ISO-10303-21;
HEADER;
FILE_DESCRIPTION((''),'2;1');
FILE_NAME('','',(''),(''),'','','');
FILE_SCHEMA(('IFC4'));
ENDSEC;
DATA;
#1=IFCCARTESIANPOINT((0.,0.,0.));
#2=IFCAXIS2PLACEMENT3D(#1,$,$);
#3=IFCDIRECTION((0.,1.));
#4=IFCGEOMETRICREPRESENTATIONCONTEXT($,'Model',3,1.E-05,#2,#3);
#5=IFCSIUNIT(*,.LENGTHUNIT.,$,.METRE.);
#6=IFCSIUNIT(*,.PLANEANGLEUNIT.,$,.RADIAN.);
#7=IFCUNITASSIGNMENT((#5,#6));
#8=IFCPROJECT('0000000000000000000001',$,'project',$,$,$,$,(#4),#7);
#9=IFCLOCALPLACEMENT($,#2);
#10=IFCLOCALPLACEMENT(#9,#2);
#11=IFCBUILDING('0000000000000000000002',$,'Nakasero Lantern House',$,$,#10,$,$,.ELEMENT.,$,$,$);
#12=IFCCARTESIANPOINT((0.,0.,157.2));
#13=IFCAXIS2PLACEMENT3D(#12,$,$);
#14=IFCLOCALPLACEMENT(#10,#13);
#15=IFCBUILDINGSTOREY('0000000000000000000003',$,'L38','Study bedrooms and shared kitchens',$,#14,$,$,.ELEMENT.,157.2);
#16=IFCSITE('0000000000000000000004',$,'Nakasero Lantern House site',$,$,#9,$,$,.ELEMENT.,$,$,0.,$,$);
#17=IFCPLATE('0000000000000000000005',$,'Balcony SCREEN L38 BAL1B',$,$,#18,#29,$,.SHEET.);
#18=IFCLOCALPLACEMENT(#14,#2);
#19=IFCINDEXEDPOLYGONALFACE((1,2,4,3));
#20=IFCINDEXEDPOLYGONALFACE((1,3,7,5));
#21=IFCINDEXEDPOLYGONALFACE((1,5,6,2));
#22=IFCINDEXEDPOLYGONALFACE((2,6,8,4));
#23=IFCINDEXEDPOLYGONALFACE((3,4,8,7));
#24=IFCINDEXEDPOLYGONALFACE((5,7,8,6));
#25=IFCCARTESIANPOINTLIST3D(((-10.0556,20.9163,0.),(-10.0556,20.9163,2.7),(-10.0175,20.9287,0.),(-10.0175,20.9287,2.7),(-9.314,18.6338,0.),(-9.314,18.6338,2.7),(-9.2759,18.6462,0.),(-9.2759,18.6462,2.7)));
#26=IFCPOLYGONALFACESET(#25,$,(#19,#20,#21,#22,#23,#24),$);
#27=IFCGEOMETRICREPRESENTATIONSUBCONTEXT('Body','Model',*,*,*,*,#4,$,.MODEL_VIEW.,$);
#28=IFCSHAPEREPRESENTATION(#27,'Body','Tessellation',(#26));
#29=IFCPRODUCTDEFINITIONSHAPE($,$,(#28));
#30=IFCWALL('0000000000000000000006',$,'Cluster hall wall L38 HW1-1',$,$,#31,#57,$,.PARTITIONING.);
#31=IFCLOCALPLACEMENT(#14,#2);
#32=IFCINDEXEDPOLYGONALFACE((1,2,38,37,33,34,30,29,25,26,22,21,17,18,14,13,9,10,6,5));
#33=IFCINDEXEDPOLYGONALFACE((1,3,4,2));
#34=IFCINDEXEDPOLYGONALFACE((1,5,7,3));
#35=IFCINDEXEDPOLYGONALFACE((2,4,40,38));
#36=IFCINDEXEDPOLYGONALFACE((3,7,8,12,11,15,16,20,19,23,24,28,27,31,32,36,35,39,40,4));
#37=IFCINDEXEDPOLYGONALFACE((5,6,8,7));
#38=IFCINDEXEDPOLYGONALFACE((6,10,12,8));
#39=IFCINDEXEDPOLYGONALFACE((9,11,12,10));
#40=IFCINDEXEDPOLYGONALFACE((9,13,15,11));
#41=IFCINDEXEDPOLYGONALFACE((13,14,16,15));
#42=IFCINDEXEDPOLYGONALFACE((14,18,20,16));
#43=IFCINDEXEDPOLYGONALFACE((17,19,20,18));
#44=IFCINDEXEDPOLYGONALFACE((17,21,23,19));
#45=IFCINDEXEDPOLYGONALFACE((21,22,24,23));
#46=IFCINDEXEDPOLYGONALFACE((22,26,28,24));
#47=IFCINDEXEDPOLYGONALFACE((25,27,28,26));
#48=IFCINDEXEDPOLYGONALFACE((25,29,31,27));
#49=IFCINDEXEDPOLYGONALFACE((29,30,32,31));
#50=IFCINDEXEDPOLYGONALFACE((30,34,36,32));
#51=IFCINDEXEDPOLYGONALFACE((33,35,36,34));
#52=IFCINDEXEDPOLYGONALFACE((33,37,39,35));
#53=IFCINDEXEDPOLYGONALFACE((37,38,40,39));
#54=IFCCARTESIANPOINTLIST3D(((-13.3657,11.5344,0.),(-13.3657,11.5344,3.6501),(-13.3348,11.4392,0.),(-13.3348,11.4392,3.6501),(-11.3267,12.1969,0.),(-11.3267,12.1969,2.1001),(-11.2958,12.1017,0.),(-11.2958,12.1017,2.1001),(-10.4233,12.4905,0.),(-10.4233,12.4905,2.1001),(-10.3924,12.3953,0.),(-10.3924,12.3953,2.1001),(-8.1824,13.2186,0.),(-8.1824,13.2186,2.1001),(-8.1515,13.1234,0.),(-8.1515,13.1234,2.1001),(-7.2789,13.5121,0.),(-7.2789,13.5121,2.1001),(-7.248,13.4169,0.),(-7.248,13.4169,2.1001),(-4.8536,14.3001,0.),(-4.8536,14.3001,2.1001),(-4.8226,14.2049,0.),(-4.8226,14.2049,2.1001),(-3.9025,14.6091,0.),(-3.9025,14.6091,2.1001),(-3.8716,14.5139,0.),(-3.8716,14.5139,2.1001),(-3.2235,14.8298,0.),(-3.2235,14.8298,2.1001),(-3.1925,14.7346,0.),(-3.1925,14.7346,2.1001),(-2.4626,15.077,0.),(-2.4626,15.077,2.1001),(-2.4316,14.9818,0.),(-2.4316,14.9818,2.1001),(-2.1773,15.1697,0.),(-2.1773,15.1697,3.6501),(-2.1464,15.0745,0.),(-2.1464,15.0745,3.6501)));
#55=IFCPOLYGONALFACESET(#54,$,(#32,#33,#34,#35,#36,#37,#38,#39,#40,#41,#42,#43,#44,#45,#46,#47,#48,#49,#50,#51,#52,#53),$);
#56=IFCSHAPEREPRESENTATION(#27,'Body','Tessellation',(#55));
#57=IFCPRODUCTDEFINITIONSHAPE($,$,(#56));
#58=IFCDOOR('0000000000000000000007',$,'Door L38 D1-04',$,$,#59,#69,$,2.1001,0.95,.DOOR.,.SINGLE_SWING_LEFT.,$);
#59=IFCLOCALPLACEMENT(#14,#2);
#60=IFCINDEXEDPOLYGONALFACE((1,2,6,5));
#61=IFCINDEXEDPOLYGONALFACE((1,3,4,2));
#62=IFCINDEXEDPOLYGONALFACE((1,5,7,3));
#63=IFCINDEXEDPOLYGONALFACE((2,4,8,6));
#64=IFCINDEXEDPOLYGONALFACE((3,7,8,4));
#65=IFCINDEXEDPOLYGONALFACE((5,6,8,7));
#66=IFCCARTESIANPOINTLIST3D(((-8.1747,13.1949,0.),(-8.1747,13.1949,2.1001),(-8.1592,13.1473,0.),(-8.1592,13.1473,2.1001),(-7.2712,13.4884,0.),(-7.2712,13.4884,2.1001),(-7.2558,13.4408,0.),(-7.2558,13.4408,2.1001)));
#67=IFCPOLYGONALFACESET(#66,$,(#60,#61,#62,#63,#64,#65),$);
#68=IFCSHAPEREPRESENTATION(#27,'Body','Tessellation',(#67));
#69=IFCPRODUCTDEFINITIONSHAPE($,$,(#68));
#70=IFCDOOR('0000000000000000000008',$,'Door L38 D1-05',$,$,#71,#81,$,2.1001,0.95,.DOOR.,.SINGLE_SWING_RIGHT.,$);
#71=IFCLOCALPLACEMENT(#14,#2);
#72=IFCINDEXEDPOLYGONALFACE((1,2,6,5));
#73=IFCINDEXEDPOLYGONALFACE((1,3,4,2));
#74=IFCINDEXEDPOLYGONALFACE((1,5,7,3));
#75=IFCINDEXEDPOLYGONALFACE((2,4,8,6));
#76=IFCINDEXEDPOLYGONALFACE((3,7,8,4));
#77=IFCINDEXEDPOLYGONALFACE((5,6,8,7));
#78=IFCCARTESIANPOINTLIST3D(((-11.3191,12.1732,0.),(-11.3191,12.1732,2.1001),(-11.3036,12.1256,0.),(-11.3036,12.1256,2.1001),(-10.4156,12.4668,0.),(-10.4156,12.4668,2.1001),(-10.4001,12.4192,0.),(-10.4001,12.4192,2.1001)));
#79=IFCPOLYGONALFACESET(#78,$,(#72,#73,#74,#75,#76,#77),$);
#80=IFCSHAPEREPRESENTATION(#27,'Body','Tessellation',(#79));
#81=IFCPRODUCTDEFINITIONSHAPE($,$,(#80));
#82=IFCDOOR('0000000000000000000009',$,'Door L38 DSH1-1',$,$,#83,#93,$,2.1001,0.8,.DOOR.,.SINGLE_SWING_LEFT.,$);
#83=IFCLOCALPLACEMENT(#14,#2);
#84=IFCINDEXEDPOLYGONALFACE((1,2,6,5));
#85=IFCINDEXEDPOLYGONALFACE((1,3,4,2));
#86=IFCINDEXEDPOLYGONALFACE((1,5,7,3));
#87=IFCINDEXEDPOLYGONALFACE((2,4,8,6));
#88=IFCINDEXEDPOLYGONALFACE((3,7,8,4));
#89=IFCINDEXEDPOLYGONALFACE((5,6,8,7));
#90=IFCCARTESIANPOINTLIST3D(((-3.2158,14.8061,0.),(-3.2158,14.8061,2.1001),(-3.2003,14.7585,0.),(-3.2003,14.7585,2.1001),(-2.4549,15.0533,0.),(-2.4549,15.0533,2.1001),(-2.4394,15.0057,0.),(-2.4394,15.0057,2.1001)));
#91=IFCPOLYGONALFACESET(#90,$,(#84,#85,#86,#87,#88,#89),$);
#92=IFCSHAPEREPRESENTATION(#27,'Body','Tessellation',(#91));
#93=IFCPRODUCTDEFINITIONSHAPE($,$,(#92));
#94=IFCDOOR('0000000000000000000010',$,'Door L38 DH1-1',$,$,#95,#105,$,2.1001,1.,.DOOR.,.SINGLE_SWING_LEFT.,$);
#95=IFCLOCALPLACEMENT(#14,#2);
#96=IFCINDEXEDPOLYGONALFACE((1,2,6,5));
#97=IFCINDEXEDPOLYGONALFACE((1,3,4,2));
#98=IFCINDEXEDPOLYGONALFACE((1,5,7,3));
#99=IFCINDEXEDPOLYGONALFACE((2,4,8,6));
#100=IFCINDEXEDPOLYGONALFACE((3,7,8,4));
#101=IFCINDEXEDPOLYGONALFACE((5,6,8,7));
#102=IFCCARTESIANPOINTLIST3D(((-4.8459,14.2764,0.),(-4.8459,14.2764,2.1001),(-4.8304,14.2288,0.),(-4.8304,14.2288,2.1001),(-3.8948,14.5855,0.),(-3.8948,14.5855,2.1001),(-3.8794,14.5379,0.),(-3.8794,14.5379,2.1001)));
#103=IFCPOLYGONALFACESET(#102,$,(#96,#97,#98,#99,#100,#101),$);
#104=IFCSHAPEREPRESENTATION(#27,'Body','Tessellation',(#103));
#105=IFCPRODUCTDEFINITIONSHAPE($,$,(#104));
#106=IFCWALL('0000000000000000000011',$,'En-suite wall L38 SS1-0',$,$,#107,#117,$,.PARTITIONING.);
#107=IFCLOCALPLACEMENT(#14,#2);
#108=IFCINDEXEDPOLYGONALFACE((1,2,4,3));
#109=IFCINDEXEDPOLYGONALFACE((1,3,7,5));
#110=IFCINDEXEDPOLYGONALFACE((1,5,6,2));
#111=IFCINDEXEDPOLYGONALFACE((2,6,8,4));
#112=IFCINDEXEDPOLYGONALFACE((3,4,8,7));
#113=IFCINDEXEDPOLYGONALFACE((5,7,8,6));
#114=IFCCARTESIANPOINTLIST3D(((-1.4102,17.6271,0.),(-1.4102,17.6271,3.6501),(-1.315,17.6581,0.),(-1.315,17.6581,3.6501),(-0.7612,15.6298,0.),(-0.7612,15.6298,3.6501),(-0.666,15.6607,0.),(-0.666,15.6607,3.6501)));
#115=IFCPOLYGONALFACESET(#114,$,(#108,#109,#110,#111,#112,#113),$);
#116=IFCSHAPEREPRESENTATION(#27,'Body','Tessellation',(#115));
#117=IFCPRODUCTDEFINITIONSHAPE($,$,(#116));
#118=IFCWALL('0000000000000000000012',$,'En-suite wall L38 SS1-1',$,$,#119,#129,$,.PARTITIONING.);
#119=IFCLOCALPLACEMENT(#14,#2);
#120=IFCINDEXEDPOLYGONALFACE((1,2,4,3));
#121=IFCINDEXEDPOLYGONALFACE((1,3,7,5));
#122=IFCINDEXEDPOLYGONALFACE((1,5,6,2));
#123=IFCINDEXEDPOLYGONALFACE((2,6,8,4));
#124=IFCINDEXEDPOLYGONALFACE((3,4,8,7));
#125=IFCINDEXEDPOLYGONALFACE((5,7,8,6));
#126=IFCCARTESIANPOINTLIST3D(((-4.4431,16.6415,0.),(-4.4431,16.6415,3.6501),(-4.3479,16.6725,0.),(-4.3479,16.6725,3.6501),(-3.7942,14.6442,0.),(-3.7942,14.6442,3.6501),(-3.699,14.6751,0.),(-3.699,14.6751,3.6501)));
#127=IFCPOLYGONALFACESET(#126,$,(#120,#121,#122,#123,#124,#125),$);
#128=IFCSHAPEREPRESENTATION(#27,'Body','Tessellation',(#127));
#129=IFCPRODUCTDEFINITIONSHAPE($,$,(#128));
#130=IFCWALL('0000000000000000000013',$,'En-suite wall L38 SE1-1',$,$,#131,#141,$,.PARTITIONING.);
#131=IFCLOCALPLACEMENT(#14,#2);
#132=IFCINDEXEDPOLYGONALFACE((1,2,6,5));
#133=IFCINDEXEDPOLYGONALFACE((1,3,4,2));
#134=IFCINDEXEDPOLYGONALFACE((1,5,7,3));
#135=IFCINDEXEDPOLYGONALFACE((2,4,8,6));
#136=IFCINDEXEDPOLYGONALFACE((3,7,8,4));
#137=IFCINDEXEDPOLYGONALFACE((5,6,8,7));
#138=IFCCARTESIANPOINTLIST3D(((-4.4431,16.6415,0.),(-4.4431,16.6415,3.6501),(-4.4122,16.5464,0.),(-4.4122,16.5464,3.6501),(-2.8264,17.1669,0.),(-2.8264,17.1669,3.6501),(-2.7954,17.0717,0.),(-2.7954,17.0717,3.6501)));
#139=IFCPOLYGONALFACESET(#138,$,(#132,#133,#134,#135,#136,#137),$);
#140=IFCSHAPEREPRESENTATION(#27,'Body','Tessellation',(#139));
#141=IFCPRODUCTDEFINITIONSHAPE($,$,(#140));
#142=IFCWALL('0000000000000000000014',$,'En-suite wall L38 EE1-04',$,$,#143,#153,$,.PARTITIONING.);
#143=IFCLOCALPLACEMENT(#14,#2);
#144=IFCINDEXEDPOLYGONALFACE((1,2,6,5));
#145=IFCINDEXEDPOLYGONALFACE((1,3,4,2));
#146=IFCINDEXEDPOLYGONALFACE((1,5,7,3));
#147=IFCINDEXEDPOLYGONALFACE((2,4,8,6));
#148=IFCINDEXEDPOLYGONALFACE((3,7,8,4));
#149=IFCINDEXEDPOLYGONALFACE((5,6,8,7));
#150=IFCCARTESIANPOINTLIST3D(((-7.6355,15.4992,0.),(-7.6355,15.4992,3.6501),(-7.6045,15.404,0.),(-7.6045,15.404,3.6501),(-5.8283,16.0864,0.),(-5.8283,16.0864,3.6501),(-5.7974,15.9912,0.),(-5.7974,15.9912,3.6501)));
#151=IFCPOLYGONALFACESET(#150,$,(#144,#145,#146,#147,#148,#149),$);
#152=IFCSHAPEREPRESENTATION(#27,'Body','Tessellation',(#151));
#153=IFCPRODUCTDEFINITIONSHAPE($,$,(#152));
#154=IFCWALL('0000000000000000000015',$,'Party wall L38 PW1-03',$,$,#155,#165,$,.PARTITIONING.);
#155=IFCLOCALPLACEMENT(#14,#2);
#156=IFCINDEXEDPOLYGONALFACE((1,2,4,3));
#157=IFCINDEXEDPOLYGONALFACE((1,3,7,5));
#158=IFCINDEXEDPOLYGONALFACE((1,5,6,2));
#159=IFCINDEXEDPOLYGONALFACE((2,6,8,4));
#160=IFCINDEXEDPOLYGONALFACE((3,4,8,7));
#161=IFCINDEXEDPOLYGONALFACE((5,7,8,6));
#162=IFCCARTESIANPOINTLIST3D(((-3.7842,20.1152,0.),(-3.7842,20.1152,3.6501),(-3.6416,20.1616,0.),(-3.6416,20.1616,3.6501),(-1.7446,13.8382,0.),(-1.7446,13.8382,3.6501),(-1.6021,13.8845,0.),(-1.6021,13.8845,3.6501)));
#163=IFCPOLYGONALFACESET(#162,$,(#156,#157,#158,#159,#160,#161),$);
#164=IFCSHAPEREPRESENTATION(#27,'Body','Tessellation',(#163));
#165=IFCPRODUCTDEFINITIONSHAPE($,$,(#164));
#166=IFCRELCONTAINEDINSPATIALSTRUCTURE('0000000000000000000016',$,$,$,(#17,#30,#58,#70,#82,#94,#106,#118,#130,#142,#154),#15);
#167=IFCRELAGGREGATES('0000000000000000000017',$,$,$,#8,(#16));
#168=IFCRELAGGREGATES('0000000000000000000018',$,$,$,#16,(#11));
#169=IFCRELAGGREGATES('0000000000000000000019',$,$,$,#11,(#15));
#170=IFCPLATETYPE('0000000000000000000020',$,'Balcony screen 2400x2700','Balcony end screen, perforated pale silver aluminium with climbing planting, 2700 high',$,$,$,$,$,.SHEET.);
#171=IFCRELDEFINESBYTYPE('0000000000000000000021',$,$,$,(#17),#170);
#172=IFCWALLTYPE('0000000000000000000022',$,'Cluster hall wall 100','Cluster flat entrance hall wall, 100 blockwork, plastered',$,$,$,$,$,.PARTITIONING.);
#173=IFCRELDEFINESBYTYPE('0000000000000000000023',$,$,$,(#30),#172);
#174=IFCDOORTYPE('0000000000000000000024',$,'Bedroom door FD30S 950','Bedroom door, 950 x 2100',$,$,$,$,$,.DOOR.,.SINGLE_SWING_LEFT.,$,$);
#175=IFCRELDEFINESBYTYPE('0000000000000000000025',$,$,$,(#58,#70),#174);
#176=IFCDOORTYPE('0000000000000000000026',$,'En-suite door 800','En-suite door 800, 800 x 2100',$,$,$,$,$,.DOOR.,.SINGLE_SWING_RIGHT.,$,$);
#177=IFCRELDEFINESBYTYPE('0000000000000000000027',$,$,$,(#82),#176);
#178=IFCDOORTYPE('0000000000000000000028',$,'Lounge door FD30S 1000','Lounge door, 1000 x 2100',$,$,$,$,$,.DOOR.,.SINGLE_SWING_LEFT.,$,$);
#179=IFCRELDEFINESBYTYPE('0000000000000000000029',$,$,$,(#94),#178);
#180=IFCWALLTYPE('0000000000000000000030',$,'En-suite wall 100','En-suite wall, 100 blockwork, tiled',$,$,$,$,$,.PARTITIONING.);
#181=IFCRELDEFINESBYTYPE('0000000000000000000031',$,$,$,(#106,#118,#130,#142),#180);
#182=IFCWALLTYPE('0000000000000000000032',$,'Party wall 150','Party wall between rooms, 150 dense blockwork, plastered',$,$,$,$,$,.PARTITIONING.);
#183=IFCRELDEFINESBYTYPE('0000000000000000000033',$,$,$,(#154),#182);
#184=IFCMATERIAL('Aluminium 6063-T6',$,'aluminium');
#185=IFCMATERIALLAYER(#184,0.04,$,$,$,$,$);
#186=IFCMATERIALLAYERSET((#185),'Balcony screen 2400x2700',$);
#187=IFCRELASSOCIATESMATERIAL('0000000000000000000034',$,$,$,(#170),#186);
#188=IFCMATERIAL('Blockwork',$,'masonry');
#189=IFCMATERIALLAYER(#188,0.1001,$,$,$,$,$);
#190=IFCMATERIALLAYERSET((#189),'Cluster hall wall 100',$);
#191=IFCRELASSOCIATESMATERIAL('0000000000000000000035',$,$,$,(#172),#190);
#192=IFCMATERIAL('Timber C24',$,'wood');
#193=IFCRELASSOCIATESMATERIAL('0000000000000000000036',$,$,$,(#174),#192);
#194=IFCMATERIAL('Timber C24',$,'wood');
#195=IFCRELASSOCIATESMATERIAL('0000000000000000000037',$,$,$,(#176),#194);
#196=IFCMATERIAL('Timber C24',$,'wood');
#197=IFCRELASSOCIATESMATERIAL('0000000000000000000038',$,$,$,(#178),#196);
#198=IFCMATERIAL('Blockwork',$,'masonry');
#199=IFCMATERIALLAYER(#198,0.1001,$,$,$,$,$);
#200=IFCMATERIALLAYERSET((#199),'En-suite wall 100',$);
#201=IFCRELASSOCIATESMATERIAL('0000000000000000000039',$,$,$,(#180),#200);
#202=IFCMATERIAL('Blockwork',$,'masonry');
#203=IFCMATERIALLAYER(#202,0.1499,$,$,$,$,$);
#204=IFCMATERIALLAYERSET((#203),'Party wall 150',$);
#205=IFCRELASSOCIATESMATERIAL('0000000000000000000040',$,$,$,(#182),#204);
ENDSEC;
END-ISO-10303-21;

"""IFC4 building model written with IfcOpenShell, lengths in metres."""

from ifc_helpers import new_model, si_unit, direction, frame, frame_2d, origin, origin_2d, place, context, subcontext, project, spatial, rectangle, extrude, material, layer, layer_set, type_object, element, fill, save


model = new_model("IFC4")

# Units and contexts
model_context = context("Model", 3, precision=1e-05, world=origin(), true_north=direction((0.0, 1.0)))
body_context = subcontext(model_context, "Body", "Model", "MODEL_VIEW")
ifc_project = project(units=[si_unit("LENGTHUNIT", "METRE"), si_unit("PLANEANGLEUNIT", "RADIAN")], contexts=[model_context])

# Site, building, storey
site_placement = place(None, origin())
site = spatial("IfcSite", under=ifc_project, at=site_placement, Name="Nakasero Lantern House site", CompositionType="ELEMENT", RefElevation=0.0)
building_placement = place(site_placement, origin())
building = spatial("IfcBuilding", under=site, at=building_placement, Name="Nakasero Lantern House", CompositionType="ELEMENT")
storey_placement = place(building_placement, frame((0.0, 0.0, 157.2)))
storey = spatial("IfcBuildingStorey", under=building, at=storey_placement, Name="L38", Description="Study bedrooms and shared kitchens", CompositionType="ELEMENT", Elevation=157.2)

# Plate
ifc_material_1 = material(Name="Aluminium 6063-T6", Category="aluminium")
ifc_layer_1 = layer(ifc_material_1, 0.04)
ifc_layer_set_1 = layer_set([ifc_layer_1], Name="Balcony screen 2400x2700")
plate_type_1 = type_object("IfcPlateType", Name="Balcony screen 2400x2700", Description="Balcony end screen, perforated pale silver aluminium with climbing planting, 2700 high", PredefinedType="SHEET", material=ifc_layer_set_1)
for number, where, z_axis, x_axis, name in (
    (1, (-9.6658, 19.7812, 0.0), (0.0, 0.0, 1.0), (-0.309017, 0.951057, 0.0), "Balcony SCREEN L38 BAL1B"),
):
    element("IfcPlate", number, at=place(storey_placement, frame(where, z_axis=z_axis, x_axis=x_axis)), inside=storey, type_object=plate_type_1, Name=name, PredefinedType="SHEET", context=body_context, shape_type="SweptSolid", body=[
        extrude(rectangle(XDim=2.3999, YDim=0.04, at=origin_2d()), origin(), (0.0, 0.0, 1.0), 2.7),
    ])

# Wall, openings, doors
ifc_material_2 = material(Name="Blockwork", Category="masonry")
ifc_layer_2 = layer(ifc_material_2, 0.1001)
ifc_layer_set_2 = layer_set([ifc_layer_2], Name="Cluster hall wall 100")
wall_type_1 = type_object("IfcWallType", Name="Cluster hall wall 100", Description="Cluster flat entrance hall wall, 100 blockwork, plastered", PredefinedType="PARTITIONING", material=ifc_layer_set_2)
wall_1_placement = place(storey_placement, frame((-2.1619, 15.1221, 0.0), z_axis=(0.0, 0.0, 1.0), x_axis=(-0.951059, -0.309009, 0.0)))
wall_1 = element("IfcWall", 2, at=wall_1_placement, inside=storey, type_object=wall_type_1, Name="Cluster hall wall L38 HW1-1", PredefinedType="PARTITIONING", context=body_context, shape_type="SweptSolid", body=[
    extrude(rectangle(XDim=11.7642, YDim=0.1001, at=frame_2d((5.8821, 0.0))), origin(), (0.0, 0.0, 1.0), 3.6501),
])
opening_1_placement = place(wall_1_placement, frame((1.814, 0.0, 0.0)))
opening_1 = element("IfcOpeningElement", 3, at=opening_1_placement, cuts=wall_1, PredefinedType="OPENING", context=body_context, shape_type="SweptSolid", body=[
    extrude(rectangle(XDim=1.0, YDim=2.1001, at=frame_2d((0.5, 1.05))), frame((0.0, 0.0701, 0.0), z_axis=(0.0, -1.0, 0.0), x_axis=(1.0, 0.0, 0.0)), (0.0, 0.0, 1.0), 0.1401),
])
opening_2_placement = place(wall_1_placement, frame((0.3, 0.0, 0.0)))
opening_2 = element("IfcOpeningElement", 4, at=opening_2_placement, cuts=wall_1, PredefinedType="OPENING", context=body_context, shape_type="SweptSolid", body=[
    extrude(rectangle(XDim=0.8, YDim=2.1001, at=frame_2d((0.3999, 1.05))), frame((0.0, 0.0701, 0.0), z_axis=(0.0, -1.0, 0.0), x_axis=(1.0, 0.0, 0.0)), (0.0, 0.0, 1.0), 0.1401),
])
opening_3_placement = place(wall_1_placement, frame((5.364, 0.0, 0.0)))
opening_3 = element("IfcOpeningElement", 5, at=opening_3_placement, cuts=wall_1, PredefinedType="OPENING", context=body_context, shape_type="SweptSolid", body=[
    extrude(rectangle(XDim=0.95, YDim=2.1001, at=frame_2d((0.4751, 1.05))), frame((0.0, 0.0701, 0.0), z_axis=(0.0, -1.0, 0.0), x_axis=(1.0, 0.0, 0.0)), (0.0, 0.0, 1.0), 0.1401),
])
opening_4_placement = place(wall_1_placement, frame((8.6702, 0.0, 0.0)))
opening_4 = element("IfcOpeningElement", 6, at=opening_4_placement, cuts=wall_1, PredefinedType="OPENING", context=body_context, shape_type="SweptSolid", body=[
    extrude(rectangle(XDim=0.95, YDim=2.1001, at=frame_2d((0.4751, 1.05))), frame((0.0, 0.0701, 0.0), z_axis=(0.0, -1.0, 0.0), x_axis=(1.0, 0.0, 0.0)), (0.0, 0.0, 1.0), 0.1401),
])
ifc_material_3 = material(Name="Timber C24", Category="wood")
door_type_1 = type_object("IfcDoorType", Name="Bedroom door FD30S 950", Description="Bedroom door, 950 x 2100", OperationType="SINGLE_SWING_LEFT", PredefinedType="DOOR", material=ifc_material_3)
door_1_placement = place(opening_3_placement, origin())
door_1 = element("IfcDoor", 7, at=door_1_placement, inside=storey, type_object=door_type_1, Name="Door L38 D1-04", OperationType="SINGLE_SWING_LEFT", OverallHeight=2.1001, OverallWidth=0.95, PredefinedType="DOOR", context=body_context, shape_type="SweptSolid", body=[
    extrude(rectangle(XDim=0.95, YDim=2.1001, at=frame_2d((0.4751, 1.05))), frame((0.0, 0.0249, 0.0), z_axis=(0.0, -1.0, 0.0), x_axis=(1.0, 0.0, 0.0)), (0.0, 0.0, 1.0), 0.05),
])
fill(opening_3, door_1)
door_2_placement = place(opening_4_placement, origin())
door_2 = element("IfcDoor", 8, at=door_2_placement, inside=storey, type_object=door_type_1, Name="Door L38 D1-05", OperationType="SINGLE_SWING_RIGHT", OverallHeight=2.1001, OverallWidth=0.95, PredefinedType="DOOR", context=body_context, shape_type="SweptSolid", body=[
    extrude(rectangle(XDim=0.95, YDim=2.1001, at=frame_2d((0.4751, 1.05))), frame((0.0, 0.0249, 0.0), z_axis=(0.0, -1.0, 0.0), x_axis=(1.0, 0.0, 0.0)), (0.0, 0.0, 1.0), 0.05),
])
fill(opening_4, door_2)
ifc_material_4 = material(Name="Timber C24", Category="wood")
door_type_2 = type_object("IfcDoorType", Name="En-suite door 800", Description="En-suite door 800, 800 x 2100", OperationType="SINGLE_SWING_RIGHT", PredefinedType="DOOR", material=ifc_material_4)
door_3_placement = place(opening_2_placement, origin())
door_3 = element("IfcDoor", 9, at=door_3_placement, inside=storey, type_object=door_type_2, Name="Door L38 DSH1-1", OperationType="SINGLE_SWING_LEFT", OverallHeight=2.1001, OverallWidth=0.8, PredefinedType="DOOR", context=body_context, shape_type="SweptSolid", body=[
    extrude(rectangle(XDim=0.8, YDim=2.1001, at=frame_2d((0.3999, 1.05))), frame((0.0, 0.0249, 0.0), z_axis=(0.0, -1.0, 0.0), x_axis=(1.0, 0.0, 0.0)), (0.0, 0.0, 1.0), 0.05),
])
fill(opening_2, door_3)
ifc_material_5 = material(Name="Timber C24", Category="wood")
door_type_3 = type_object("IfcDoorType", Name="Lounge door FD30S 1000", Description="Lounge door, 1000 x 2100", OperationType="SINGLE_SWING_LEFT", PredefinedType="DOOR", material=ifc_material_5)
door_4_placement = place(opening_1_placement, origin())
door_4 = element("IfcDoor", 10, at=door_4_placement, inside=storey, type_object=door_type_3, Name="Door L38 DH1-1", OperationType="SINGLE_SWING_LEFT", OverallHeight=2.1001, OverallWidth=1.0, PredefinedType="DOOR", context=body_context, shape_type="SweptSolid", body=[
    extrude(rectangle(XDim=1.0, YDim=2.1001, at=frame_2d((0.5, 1.05))), frame((0.0, 0.0249, 0.0), z_axis=(0.0, -1.0, 0.0), x_axis=(1.0, 0.0, 0.0)), (0.0, 0.0, 1.0), 0.05),
])
fill(opening_1, door_4)

# Walls
ifc_material_6 = material(Name="Blockwork", Category="masonry")
ifc_layer_3 = layer(ifc_material_6, 0.1001)
ifc_layer_set_3 = layer_set([ifc_layer_3], Name="En-suite wall 100")
wall_type_2 = type_object("IfcWallType", Name="En-suite wall 100", Description="En-suite wall, 100 blockwork, tiled", PredefinedType="PARTITIONING", material=ifc_layer_set_3)
for number, where, z_axis, x_axis, name in (
    (11, (-0.7136, 15.6453, 0.0), (0.0, 0.0, 1.0), (-0.308999, 0.951062, 0.0), "En-suite wall L38 SS1-0"),
    (12, (-3.7466, 14.6597, 0.0), (0.0, 0.0, 1.0), (-0.308999, 0.951062, 0.0), "En-suite wall L38 SS1-1"),
):
    element("IfcWall", number, at=place(storey_placement, frame(where, z_axis=z_axis, x_axis=x_axis)), inside=storey, type_object=wall_type_2, Name=name, PredefinedType="PARTITIONING", context=body_context, shape_type="SweptSolid", body=[
        extrude(rectangle(XDim=2.1001, YDim=0.1001, at=frame_2d((1.05, 0.0))), origin(), (0.0, 0.0, 1.0), 3.6501),
    ])
wall_2_placement = place(storey_placement, frame((-2.8108, 17.1194, 0.0), z_axis=(0.0, 0.0, 1.0), x_axis=(-0.95104, -0.309067, 0.0)))
element("IfcWall", 13, at=wall_2_placement, inside=storey, type_object=wall_type_2, Name="En-suite wall L38 SE1-1", PredefinedType="PARTITIONING", context=body_context, shape_type="SweptSolid", body=[
    extrude(rectangle(XDim=1.7, YDim=0.1001, at=frame_2d((0.8501, 0.0))), origin(), (0.0, 0.0, 1.0), 3.6501),
])
wall_3_placement = place(storey_placement, frame((-5.8127, 16.0388, 0.0), z_axis=(0.0, 0.0, 1.0), x_axis=(-0.951059, -0.309011, 0.0)))
element("IfcWall", 14, at=wall_3_placement, inside=storey, type_object=wall_type_2, Name="En-suite wall L38 EE1-04", PredefinedType="PARTITIONING", context=body_context, shape_type="SweptSolid", body=[
    extrude(rectangle(XDim=1.9001, YDim=0.1001, at=frame_2d((0.9502, 0.0))), origin(), (0.0, 0.0, 1.0), 3.6501),
])
ifc_material_7 = material(Name="Blockwork", Category="masonry")
ifc_layer_4 = layer(ifc_material_7, 0.1499)
ifc_layer_set_4 = layer_set([ifc_layer_4], Name="Party wall 150")
wall_type_3 = type_object("IfcWallType", Name="Party wall 150", Description="Party wall between rooms, 150 dense blockwork, plastered", PredefinedType="PARTITIONING", material=ifc_layer_set_4)
wall_4_placement = place(storey_placement, frame((-1.6733, 13.8613, 0.0), z_axis=(0.0, 0.0, 1.0), x_axis=(-0.309017, 0.951057, 0.0)))
element("IfcWall", 15, at=wall_4_placement, inside=storey, type_object=wall_type_3, Name="Party wall L38 PW1-03", PredefinedType="PARTITIONING", context=body_context, shape_type="SweptSolid", body=[
    extrude(rectangle(XDim=6.6001, YDim=0.1499, at=frame_2d((3.3, 0.0))), origin(), (0.0, 0.0, 1.0), 3.6501),
])

save(model, "model.ifc")
